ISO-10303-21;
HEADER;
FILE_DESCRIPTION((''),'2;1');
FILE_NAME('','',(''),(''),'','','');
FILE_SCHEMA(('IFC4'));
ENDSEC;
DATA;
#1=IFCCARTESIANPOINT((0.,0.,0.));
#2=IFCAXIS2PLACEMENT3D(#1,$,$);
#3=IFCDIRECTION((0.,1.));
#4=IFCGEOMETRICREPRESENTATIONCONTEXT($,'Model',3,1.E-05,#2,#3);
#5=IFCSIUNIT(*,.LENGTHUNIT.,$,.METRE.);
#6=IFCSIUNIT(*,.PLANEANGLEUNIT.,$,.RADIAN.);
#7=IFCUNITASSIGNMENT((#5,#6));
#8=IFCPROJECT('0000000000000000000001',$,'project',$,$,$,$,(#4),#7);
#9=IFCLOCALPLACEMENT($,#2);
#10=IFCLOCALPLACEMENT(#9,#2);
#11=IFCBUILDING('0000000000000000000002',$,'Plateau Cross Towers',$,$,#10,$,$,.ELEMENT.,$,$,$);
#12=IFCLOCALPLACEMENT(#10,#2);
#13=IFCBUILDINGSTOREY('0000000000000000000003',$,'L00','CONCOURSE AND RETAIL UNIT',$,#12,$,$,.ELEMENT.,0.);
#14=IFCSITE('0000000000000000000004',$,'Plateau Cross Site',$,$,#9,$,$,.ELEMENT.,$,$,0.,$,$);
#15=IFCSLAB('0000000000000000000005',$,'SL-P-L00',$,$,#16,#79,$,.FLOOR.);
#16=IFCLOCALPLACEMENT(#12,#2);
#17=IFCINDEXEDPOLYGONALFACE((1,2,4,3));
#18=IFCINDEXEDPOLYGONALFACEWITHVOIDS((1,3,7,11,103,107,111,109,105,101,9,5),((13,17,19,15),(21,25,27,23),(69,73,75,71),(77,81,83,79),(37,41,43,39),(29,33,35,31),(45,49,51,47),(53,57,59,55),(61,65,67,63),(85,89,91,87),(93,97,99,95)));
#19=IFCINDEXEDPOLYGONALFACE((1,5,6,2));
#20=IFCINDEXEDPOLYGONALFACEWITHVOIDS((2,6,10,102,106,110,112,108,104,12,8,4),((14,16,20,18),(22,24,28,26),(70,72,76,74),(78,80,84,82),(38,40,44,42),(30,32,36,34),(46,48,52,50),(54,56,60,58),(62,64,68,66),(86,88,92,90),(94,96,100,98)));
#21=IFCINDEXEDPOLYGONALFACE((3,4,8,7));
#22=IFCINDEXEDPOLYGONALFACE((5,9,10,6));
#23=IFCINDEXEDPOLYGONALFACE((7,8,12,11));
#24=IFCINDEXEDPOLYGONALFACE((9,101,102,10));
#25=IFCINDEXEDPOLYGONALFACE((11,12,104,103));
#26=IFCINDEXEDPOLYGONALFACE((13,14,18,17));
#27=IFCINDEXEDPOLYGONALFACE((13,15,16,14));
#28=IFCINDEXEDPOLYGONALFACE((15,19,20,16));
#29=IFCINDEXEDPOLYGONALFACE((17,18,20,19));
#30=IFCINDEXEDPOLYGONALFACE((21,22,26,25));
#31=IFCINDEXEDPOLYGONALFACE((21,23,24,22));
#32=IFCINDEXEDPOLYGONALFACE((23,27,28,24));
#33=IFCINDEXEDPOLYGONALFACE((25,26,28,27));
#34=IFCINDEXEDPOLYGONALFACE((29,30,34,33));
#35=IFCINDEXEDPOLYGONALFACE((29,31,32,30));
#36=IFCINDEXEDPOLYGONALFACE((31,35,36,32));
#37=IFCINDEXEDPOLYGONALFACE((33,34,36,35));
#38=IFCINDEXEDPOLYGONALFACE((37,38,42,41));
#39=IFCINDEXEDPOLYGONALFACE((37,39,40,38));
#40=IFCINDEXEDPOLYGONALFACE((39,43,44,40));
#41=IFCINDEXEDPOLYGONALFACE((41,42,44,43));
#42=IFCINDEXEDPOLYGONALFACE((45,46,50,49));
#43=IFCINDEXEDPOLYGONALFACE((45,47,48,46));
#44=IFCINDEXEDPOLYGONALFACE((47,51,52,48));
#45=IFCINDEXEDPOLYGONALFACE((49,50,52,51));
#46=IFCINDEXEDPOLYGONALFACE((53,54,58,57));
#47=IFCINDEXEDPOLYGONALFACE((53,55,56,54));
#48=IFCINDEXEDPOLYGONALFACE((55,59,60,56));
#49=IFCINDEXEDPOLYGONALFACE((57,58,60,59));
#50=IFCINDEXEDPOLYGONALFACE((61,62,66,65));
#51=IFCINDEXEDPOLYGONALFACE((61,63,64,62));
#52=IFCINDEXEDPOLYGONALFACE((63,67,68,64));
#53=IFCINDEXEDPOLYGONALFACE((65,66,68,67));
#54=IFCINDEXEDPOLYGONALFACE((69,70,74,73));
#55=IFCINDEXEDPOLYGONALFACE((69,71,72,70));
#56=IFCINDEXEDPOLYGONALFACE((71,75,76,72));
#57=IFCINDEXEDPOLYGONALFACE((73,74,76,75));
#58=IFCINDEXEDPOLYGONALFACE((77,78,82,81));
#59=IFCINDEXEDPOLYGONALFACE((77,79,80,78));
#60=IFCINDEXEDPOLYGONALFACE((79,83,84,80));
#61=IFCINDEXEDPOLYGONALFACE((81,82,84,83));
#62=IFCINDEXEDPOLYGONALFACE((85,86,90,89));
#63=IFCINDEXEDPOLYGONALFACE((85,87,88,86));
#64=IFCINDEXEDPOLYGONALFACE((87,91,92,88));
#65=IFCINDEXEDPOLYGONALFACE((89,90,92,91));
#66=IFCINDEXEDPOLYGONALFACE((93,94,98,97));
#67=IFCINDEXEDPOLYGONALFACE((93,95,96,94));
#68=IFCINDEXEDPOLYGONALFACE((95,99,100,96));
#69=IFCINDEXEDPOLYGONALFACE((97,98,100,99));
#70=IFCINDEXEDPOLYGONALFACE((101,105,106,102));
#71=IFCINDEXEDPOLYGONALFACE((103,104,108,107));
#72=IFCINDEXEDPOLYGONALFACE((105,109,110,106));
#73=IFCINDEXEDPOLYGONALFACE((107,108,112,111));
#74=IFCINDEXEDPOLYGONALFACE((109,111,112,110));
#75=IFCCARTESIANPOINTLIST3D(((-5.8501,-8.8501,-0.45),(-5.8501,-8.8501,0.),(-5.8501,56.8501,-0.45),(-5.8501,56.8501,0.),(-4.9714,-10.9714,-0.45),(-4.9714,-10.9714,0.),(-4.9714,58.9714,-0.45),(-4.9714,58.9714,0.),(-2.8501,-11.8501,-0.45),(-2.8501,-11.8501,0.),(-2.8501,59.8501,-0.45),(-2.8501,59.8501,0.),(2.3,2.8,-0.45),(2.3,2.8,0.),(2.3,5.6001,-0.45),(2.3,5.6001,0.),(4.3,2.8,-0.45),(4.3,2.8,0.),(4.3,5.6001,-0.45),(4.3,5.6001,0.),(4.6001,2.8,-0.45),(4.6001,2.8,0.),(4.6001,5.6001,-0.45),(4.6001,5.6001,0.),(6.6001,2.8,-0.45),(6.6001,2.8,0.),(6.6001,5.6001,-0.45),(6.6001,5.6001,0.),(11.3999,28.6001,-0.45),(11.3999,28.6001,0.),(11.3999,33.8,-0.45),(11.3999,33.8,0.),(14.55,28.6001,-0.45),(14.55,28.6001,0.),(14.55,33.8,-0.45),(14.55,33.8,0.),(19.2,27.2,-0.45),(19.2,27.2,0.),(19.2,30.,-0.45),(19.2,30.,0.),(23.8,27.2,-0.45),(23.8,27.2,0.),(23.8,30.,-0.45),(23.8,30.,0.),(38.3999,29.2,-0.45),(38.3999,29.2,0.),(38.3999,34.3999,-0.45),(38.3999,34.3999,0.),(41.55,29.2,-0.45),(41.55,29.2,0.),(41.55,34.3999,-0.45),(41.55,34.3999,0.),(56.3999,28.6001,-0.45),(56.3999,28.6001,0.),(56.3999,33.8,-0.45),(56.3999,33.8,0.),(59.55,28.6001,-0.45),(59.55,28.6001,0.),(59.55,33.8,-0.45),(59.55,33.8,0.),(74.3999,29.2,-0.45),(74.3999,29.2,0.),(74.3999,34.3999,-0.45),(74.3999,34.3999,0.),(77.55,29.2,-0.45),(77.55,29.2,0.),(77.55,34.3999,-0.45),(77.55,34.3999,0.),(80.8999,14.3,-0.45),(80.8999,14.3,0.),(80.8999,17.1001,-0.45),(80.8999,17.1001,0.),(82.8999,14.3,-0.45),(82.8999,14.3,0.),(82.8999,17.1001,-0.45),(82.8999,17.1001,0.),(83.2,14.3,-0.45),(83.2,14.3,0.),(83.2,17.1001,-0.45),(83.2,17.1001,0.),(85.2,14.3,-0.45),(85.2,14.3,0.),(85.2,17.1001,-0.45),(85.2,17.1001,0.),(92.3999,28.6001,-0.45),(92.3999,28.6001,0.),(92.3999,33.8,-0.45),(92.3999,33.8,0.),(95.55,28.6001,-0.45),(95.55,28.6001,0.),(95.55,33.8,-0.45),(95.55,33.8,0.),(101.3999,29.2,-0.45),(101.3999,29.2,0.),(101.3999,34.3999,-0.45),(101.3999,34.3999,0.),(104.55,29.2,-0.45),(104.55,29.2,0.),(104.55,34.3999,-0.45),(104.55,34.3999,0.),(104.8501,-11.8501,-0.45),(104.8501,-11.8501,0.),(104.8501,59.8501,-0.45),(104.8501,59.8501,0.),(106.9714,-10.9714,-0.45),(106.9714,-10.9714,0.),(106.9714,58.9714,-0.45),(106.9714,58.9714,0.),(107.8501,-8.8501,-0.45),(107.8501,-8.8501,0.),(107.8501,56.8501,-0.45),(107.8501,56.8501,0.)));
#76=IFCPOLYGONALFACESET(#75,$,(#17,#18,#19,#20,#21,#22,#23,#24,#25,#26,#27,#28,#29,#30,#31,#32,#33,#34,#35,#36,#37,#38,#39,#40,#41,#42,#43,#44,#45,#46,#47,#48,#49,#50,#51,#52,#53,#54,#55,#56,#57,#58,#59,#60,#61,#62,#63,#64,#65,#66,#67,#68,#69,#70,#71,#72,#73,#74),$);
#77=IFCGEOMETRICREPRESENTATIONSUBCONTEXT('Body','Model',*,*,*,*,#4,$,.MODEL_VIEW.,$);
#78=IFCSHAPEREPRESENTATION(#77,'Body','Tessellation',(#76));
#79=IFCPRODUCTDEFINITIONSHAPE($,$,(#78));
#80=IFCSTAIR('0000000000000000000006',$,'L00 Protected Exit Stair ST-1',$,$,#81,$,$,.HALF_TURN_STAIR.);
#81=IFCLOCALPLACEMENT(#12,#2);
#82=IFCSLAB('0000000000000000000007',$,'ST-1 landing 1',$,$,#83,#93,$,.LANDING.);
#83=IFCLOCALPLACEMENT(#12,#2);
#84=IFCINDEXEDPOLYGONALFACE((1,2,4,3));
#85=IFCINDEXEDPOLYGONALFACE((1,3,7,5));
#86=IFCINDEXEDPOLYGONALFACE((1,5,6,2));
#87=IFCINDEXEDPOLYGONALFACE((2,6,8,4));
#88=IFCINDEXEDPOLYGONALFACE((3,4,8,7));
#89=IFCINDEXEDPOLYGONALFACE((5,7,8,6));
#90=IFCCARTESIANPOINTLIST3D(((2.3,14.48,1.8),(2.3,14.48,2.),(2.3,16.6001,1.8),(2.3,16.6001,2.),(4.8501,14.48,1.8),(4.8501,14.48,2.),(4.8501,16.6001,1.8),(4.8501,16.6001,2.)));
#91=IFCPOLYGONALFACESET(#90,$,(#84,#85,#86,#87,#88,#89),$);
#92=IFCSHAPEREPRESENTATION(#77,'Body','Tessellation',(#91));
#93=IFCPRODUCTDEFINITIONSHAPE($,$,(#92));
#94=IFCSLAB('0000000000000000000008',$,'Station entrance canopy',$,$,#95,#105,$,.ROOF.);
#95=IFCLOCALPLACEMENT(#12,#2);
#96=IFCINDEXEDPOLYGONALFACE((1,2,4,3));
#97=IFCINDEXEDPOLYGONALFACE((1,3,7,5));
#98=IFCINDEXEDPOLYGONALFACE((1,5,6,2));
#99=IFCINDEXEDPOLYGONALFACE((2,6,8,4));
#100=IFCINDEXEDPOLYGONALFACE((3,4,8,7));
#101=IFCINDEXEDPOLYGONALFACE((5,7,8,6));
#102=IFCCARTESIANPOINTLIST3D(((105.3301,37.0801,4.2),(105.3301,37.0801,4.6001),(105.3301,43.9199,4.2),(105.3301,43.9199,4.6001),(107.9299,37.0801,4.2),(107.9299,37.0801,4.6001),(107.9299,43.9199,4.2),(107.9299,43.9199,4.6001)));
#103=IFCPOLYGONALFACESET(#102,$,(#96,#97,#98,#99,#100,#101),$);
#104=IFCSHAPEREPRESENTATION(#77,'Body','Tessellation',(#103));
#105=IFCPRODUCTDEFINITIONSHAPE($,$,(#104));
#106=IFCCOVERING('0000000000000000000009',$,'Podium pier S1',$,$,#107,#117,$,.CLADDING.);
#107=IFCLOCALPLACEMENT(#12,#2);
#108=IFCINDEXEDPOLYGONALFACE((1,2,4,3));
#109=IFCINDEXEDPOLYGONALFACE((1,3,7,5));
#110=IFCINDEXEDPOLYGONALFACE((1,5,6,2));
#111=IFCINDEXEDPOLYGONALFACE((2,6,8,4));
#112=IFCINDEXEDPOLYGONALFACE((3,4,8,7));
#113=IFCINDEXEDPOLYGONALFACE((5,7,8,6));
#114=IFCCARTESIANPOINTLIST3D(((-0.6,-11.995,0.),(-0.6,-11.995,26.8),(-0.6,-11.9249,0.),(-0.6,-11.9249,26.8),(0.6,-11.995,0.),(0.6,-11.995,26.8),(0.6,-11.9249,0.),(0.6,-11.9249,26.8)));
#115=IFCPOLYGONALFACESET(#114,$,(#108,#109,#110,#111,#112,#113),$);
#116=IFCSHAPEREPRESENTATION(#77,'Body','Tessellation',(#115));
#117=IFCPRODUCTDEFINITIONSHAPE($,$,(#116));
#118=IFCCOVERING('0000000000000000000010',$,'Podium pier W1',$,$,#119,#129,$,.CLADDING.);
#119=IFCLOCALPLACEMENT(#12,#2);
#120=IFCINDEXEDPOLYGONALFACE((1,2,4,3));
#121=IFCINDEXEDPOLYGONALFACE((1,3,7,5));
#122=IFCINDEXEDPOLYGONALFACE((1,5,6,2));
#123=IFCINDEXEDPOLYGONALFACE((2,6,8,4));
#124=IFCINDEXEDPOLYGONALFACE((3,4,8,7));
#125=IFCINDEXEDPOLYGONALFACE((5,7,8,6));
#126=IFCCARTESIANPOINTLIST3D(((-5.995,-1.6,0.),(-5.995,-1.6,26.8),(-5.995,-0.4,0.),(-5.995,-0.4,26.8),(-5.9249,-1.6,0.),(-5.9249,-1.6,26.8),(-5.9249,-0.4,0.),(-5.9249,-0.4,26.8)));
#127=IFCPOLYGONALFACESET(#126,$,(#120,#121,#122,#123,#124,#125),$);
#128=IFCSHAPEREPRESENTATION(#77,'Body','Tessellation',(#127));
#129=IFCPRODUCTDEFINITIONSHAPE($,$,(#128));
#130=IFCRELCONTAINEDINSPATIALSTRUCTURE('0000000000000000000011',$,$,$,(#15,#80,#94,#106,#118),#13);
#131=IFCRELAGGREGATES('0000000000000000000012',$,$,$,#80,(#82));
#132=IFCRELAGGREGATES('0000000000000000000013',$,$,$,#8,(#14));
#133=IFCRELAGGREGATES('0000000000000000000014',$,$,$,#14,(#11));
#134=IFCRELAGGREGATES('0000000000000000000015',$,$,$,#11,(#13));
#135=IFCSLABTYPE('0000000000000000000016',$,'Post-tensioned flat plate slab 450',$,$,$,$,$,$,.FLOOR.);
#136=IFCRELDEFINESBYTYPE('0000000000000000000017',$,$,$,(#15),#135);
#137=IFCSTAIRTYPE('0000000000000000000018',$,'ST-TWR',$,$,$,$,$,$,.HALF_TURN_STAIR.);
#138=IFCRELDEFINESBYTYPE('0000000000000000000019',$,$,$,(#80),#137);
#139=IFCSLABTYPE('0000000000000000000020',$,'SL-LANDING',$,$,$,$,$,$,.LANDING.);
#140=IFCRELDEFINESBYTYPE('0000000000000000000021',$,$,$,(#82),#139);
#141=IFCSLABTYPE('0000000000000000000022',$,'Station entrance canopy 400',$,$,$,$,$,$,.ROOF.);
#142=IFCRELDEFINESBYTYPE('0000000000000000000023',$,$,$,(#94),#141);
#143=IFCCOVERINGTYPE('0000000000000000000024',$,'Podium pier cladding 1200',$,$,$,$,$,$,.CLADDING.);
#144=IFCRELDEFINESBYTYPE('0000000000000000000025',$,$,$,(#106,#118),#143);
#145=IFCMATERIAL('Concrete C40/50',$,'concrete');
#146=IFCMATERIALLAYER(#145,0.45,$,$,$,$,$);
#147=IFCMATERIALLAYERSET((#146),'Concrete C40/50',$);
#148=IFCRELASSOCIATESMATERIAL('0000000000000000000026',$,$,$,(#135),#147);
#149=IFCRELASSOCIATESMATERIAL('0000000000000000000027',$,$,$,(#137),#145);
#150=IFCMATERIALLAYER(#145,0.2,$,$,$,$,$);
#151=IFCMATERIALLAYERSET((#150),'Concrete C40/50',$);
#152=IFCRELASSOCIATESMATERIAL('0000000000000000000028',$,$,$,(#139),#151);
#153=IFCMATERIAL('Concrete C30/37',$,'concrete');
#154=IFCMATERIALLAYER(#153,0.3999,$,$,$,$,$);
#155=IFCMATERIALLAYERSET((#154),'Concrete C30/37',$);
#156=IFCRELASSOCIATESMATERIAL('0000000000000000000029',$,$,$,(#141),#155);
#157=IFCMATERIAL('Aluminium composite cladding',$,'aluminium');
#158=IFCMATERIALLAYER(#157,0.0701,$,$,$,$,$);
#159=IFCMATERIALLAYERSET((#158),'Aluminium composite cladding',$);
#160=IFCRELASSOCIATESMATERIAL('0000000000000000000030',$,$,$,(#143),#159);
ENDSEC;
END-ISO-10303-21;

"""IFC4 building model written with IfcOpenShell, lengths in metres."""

from ifc_helpers import new_model, si_unit, direction, frame, origin, origin_2d, place, context, subcontext, project, spatial, polyline, rectangle, outline, extrude, material, layer, layer_set, type_object, element, aggregate, save


model = new_model("IFC4")

# Units and contexts
model_context = context("Model", 3, precision=1e-05, world=origin(), true_north=direction((0.0, 1.0)))
body_context = subcontext(model_context, "Body", "Model", "MODEL_VIEW")
ifc_project = project(units=[si_unit("LENGTHUNIT", "METRE"), si_unit("PLANEANGLEUNIT", "RADIAN")], contexts=[model_context])

# Site, building, storey
site_placement = place(None, origin())
site = spatial("IfcSite", under=ifc_project, at=site_placement, Name="Plateau Cross Site", CompositionType="ELEMENT", RefElevation=0.0)
building_placement = place(site_placement, origin())
building = spatial("IfcBuilding", under=site, at=building_placement, Name="Plateau Cross Towers", CompositionType="ELEMENT")
storey_placement = place(building_placement, origin())
storey = spatial("IfcBuildingStorey", under=building, at=storey_placement, Name="L00", Description="CONCOURSE AND RETAIL UNIT", CompositionType="ELEMENT", Elevation=0.0)

# Shared definitions
ifc_material_1 = material(Name="Concrete C30/37", Category="concrete")

# Slab
ifc_material_2 = material(Name="Concrete C40/50", Category="concrete")
ifc_layer_1 = layer(ifc_material_2, 0.45)
ifc_layer_set_1 = layer_set([ifc_layer_1], Name="Concrete C40/50")
slab_type_1 = type_object("IfcSlabType", Name="Post-tensioned flat plate slab 450", PredefinedType="FLOOR", material=ifc_layer_set_1)
slab_1_placement = place(storey_placement, frame((0.0, 0.0, -0.45)))
element("IfcSlab", 1, at=slab_1_placement, inside=storey, type_object=slab_type_1, Name="SL-P-L00", PredefinedType="FLOOR", context=body_context, shape_type="SweptSolid", body=[
    extrude(outline(polyline([(-4.9714, -10.9714), (-5.8501, -8.8501), (-5.8501, 56.8501), (-4.9714, 58.9714), (-2.8501, 59.8501), (104.8501, 59.8501), (106.9714, 58.9714), (107.8501, 56.8501), (107.8501, -8.8501), (106.9714, -10.9714), (104.8501, -11.8501), (-2.8501, -11.8501), (-4.9714, -10.9714)]), holes=[polyline([(4.3, 5.6001), (2.3, 5.6001), (2.3, 2.8), (4.3, 2.8), (4.3, 5.6001)]), polyline([(6.6001, 5.6001), (4.6001, 5.6001), (4.6001, 2.8), (6.6001, 2.8), (6.6001, 5.6001)]), polyline([(19.2, 30.0), (19.2, 27.2), (23.8, 27.2), (23.8, 30.0), (19.2, 30.0)]), polyline([(14.55, 33.8), (11.3999, 33.8), (11.3999, 28.6001), (14.55, 28.6001), (14.55, 33.8)]), polyline([(59.55, 33.8), (56.3999, 33.8), (56.3999, 28.6001), (59.55, 28.6001), (59.55, 33.8)]), polyline([(41.55, 29.2), (41.55, 34.3999), (38.3999, 34.3999), (38.3999, 29.2), (41.55, 29.2)]), polyline([(82.8999, 14.3), (82.8999, 17.1001), (80.8999, 17.1001), (80.8999, 14.3), (82.8999, 14.3)]), polyline([(85.2, 14.3), (85.2, 17.1001), (83.2, 17.1001), (83.2, 14.3), (85.2, 14.3)]), polyline([(92.3999, 33.8), (92.3999, 28.6001), (95.55, 28.6001), (95.55, 33.8), (92.3999, 33.8)]), polyline([(74.3999, 29.2), (77.55, 29.2), (77.55, 34.3999), (74.3999, 34.3999), (74.3999, 29.2)]), polyline([(101.3999, 29.2), (104.55, 29.2), (104.55, 34.3999), (101.3999, 34.3999), (101.3999, 29.2)])]), origin(), (0.0, 0.0, 1.0), 0.45),
])

# Stair, slab
stair_type = type_object("IfcStairType", Name="ST-TWR", PredefinedType="HALF_TURN_STAIR", material=ifc_material_2)
stair_placement = place(storey_placement, origin())
stair = element("IfcStair", 2, at=stair_placement, inside=storey, type_object=stair_type, Name="L00 Protected Exit Stair ST-1", PredefinedType="HALF_TURN_STAIR")
ifc_layer_2 = layer(ifc_material_2, 0.2)
ifc_layer_set_2 = layer_set([ifc_layer_2], Name="Concrete C40/50")
slab_type_2 = type_object("IfcSlabType", Name="SL-LANDING", PredefinedType="LANDING", material=ifc_layer_set_2)
slab_2_placement = place(storey_placement, frame((0.0, 0.0, 1.8)))
slab_2 = element("IfcSlab", 3, at=slab_2_placement, type_object=slab_type_2, Name="ST-1 landing 1", PredefinedType="LANDING", context=body_context, shape_type="SweptSolid", body=[
    extrude(outline(polyline([(4.8501, 14.48), (4.8501, 16.6001), (2.3, 16.6001), (2.3, 14.48), (4.8501, 14.48)])), origin(), (0.0, 0.0, 1.0), 0.2),
])
aggregate(stair, [slab_2])

# Slab
ifc_layer_3 = layer(ifc_material_1, 0.3999)
ifc_layer_set_3 = layer_set([ifc_layer_3], Name="Concrete C30/37")
slab_type_3 = type_object("IfcSlabType", Name="Station entrance canopy 400", PredefinedType="ROOF", material=ifc_layer_set_3)
slab_3_placement = place(storey_placement, frame((0.0, 0.0, 4.2)))
element("IfcSlab", 4, at=slab_3_placement, inside=storey, type_object=slab_type_3, Name="Station entrance canopy", PredefinedType="ROOF", context=body_context, shape_type="SweptSolid", body=[
    extrude(outline(polyline([(107.9299, 37.0801), (107.9299, 43.9199), (105.3301, 43.9199), (105.3301, 37.0801), (107.9299, 37.0801)])), origin(), (0.0, 0.0, 1.0), 0.4001),
])

# Coverings
ifc_material_3 = material(Name="Aluminium composite cladding", Category="aluminium")
ifc_layer_4 = layer(ifc_material_3, 0.0701)
ifc_layer_set_4 = layer_set([ifc_layer_4], Name="Aluminium composite cladding")
covering_type = type_object("IfcCoveringType", Name="Podium pier cladding 1200", PredefinedType="CLADDING", material=ifc_layer_set_4)
for number, where, z_axis, x_axis, name in (
    (5, (0.0, -11.96, 0.0), (0.0, 0.0, 1.0), (1.0, 0.0, 0.0), "Podium pier S1"),
    (6, (-5.96, -1.0, 0.0), (0.0, 0.0, 1.0), (0.0, -1.0, 0.0), "Podium pier W1"),
):
    element("IfcCovering", number, at=place(storey_placement, frame(where, z_axis=z_axis, x_axis=x_axis)), inside=storey, type_object=covering_type, Name=name, PredefinedType="CLADDING", context=body_context, shape_type="SweptSolid", body=[
        extrude(rectangle(XDim=1.2, YDim=0.0701, at=origin_2d()), origin(), (0.0, 0.0, 1.0), 26.8),
    ])

save(model, "model.ifc")
